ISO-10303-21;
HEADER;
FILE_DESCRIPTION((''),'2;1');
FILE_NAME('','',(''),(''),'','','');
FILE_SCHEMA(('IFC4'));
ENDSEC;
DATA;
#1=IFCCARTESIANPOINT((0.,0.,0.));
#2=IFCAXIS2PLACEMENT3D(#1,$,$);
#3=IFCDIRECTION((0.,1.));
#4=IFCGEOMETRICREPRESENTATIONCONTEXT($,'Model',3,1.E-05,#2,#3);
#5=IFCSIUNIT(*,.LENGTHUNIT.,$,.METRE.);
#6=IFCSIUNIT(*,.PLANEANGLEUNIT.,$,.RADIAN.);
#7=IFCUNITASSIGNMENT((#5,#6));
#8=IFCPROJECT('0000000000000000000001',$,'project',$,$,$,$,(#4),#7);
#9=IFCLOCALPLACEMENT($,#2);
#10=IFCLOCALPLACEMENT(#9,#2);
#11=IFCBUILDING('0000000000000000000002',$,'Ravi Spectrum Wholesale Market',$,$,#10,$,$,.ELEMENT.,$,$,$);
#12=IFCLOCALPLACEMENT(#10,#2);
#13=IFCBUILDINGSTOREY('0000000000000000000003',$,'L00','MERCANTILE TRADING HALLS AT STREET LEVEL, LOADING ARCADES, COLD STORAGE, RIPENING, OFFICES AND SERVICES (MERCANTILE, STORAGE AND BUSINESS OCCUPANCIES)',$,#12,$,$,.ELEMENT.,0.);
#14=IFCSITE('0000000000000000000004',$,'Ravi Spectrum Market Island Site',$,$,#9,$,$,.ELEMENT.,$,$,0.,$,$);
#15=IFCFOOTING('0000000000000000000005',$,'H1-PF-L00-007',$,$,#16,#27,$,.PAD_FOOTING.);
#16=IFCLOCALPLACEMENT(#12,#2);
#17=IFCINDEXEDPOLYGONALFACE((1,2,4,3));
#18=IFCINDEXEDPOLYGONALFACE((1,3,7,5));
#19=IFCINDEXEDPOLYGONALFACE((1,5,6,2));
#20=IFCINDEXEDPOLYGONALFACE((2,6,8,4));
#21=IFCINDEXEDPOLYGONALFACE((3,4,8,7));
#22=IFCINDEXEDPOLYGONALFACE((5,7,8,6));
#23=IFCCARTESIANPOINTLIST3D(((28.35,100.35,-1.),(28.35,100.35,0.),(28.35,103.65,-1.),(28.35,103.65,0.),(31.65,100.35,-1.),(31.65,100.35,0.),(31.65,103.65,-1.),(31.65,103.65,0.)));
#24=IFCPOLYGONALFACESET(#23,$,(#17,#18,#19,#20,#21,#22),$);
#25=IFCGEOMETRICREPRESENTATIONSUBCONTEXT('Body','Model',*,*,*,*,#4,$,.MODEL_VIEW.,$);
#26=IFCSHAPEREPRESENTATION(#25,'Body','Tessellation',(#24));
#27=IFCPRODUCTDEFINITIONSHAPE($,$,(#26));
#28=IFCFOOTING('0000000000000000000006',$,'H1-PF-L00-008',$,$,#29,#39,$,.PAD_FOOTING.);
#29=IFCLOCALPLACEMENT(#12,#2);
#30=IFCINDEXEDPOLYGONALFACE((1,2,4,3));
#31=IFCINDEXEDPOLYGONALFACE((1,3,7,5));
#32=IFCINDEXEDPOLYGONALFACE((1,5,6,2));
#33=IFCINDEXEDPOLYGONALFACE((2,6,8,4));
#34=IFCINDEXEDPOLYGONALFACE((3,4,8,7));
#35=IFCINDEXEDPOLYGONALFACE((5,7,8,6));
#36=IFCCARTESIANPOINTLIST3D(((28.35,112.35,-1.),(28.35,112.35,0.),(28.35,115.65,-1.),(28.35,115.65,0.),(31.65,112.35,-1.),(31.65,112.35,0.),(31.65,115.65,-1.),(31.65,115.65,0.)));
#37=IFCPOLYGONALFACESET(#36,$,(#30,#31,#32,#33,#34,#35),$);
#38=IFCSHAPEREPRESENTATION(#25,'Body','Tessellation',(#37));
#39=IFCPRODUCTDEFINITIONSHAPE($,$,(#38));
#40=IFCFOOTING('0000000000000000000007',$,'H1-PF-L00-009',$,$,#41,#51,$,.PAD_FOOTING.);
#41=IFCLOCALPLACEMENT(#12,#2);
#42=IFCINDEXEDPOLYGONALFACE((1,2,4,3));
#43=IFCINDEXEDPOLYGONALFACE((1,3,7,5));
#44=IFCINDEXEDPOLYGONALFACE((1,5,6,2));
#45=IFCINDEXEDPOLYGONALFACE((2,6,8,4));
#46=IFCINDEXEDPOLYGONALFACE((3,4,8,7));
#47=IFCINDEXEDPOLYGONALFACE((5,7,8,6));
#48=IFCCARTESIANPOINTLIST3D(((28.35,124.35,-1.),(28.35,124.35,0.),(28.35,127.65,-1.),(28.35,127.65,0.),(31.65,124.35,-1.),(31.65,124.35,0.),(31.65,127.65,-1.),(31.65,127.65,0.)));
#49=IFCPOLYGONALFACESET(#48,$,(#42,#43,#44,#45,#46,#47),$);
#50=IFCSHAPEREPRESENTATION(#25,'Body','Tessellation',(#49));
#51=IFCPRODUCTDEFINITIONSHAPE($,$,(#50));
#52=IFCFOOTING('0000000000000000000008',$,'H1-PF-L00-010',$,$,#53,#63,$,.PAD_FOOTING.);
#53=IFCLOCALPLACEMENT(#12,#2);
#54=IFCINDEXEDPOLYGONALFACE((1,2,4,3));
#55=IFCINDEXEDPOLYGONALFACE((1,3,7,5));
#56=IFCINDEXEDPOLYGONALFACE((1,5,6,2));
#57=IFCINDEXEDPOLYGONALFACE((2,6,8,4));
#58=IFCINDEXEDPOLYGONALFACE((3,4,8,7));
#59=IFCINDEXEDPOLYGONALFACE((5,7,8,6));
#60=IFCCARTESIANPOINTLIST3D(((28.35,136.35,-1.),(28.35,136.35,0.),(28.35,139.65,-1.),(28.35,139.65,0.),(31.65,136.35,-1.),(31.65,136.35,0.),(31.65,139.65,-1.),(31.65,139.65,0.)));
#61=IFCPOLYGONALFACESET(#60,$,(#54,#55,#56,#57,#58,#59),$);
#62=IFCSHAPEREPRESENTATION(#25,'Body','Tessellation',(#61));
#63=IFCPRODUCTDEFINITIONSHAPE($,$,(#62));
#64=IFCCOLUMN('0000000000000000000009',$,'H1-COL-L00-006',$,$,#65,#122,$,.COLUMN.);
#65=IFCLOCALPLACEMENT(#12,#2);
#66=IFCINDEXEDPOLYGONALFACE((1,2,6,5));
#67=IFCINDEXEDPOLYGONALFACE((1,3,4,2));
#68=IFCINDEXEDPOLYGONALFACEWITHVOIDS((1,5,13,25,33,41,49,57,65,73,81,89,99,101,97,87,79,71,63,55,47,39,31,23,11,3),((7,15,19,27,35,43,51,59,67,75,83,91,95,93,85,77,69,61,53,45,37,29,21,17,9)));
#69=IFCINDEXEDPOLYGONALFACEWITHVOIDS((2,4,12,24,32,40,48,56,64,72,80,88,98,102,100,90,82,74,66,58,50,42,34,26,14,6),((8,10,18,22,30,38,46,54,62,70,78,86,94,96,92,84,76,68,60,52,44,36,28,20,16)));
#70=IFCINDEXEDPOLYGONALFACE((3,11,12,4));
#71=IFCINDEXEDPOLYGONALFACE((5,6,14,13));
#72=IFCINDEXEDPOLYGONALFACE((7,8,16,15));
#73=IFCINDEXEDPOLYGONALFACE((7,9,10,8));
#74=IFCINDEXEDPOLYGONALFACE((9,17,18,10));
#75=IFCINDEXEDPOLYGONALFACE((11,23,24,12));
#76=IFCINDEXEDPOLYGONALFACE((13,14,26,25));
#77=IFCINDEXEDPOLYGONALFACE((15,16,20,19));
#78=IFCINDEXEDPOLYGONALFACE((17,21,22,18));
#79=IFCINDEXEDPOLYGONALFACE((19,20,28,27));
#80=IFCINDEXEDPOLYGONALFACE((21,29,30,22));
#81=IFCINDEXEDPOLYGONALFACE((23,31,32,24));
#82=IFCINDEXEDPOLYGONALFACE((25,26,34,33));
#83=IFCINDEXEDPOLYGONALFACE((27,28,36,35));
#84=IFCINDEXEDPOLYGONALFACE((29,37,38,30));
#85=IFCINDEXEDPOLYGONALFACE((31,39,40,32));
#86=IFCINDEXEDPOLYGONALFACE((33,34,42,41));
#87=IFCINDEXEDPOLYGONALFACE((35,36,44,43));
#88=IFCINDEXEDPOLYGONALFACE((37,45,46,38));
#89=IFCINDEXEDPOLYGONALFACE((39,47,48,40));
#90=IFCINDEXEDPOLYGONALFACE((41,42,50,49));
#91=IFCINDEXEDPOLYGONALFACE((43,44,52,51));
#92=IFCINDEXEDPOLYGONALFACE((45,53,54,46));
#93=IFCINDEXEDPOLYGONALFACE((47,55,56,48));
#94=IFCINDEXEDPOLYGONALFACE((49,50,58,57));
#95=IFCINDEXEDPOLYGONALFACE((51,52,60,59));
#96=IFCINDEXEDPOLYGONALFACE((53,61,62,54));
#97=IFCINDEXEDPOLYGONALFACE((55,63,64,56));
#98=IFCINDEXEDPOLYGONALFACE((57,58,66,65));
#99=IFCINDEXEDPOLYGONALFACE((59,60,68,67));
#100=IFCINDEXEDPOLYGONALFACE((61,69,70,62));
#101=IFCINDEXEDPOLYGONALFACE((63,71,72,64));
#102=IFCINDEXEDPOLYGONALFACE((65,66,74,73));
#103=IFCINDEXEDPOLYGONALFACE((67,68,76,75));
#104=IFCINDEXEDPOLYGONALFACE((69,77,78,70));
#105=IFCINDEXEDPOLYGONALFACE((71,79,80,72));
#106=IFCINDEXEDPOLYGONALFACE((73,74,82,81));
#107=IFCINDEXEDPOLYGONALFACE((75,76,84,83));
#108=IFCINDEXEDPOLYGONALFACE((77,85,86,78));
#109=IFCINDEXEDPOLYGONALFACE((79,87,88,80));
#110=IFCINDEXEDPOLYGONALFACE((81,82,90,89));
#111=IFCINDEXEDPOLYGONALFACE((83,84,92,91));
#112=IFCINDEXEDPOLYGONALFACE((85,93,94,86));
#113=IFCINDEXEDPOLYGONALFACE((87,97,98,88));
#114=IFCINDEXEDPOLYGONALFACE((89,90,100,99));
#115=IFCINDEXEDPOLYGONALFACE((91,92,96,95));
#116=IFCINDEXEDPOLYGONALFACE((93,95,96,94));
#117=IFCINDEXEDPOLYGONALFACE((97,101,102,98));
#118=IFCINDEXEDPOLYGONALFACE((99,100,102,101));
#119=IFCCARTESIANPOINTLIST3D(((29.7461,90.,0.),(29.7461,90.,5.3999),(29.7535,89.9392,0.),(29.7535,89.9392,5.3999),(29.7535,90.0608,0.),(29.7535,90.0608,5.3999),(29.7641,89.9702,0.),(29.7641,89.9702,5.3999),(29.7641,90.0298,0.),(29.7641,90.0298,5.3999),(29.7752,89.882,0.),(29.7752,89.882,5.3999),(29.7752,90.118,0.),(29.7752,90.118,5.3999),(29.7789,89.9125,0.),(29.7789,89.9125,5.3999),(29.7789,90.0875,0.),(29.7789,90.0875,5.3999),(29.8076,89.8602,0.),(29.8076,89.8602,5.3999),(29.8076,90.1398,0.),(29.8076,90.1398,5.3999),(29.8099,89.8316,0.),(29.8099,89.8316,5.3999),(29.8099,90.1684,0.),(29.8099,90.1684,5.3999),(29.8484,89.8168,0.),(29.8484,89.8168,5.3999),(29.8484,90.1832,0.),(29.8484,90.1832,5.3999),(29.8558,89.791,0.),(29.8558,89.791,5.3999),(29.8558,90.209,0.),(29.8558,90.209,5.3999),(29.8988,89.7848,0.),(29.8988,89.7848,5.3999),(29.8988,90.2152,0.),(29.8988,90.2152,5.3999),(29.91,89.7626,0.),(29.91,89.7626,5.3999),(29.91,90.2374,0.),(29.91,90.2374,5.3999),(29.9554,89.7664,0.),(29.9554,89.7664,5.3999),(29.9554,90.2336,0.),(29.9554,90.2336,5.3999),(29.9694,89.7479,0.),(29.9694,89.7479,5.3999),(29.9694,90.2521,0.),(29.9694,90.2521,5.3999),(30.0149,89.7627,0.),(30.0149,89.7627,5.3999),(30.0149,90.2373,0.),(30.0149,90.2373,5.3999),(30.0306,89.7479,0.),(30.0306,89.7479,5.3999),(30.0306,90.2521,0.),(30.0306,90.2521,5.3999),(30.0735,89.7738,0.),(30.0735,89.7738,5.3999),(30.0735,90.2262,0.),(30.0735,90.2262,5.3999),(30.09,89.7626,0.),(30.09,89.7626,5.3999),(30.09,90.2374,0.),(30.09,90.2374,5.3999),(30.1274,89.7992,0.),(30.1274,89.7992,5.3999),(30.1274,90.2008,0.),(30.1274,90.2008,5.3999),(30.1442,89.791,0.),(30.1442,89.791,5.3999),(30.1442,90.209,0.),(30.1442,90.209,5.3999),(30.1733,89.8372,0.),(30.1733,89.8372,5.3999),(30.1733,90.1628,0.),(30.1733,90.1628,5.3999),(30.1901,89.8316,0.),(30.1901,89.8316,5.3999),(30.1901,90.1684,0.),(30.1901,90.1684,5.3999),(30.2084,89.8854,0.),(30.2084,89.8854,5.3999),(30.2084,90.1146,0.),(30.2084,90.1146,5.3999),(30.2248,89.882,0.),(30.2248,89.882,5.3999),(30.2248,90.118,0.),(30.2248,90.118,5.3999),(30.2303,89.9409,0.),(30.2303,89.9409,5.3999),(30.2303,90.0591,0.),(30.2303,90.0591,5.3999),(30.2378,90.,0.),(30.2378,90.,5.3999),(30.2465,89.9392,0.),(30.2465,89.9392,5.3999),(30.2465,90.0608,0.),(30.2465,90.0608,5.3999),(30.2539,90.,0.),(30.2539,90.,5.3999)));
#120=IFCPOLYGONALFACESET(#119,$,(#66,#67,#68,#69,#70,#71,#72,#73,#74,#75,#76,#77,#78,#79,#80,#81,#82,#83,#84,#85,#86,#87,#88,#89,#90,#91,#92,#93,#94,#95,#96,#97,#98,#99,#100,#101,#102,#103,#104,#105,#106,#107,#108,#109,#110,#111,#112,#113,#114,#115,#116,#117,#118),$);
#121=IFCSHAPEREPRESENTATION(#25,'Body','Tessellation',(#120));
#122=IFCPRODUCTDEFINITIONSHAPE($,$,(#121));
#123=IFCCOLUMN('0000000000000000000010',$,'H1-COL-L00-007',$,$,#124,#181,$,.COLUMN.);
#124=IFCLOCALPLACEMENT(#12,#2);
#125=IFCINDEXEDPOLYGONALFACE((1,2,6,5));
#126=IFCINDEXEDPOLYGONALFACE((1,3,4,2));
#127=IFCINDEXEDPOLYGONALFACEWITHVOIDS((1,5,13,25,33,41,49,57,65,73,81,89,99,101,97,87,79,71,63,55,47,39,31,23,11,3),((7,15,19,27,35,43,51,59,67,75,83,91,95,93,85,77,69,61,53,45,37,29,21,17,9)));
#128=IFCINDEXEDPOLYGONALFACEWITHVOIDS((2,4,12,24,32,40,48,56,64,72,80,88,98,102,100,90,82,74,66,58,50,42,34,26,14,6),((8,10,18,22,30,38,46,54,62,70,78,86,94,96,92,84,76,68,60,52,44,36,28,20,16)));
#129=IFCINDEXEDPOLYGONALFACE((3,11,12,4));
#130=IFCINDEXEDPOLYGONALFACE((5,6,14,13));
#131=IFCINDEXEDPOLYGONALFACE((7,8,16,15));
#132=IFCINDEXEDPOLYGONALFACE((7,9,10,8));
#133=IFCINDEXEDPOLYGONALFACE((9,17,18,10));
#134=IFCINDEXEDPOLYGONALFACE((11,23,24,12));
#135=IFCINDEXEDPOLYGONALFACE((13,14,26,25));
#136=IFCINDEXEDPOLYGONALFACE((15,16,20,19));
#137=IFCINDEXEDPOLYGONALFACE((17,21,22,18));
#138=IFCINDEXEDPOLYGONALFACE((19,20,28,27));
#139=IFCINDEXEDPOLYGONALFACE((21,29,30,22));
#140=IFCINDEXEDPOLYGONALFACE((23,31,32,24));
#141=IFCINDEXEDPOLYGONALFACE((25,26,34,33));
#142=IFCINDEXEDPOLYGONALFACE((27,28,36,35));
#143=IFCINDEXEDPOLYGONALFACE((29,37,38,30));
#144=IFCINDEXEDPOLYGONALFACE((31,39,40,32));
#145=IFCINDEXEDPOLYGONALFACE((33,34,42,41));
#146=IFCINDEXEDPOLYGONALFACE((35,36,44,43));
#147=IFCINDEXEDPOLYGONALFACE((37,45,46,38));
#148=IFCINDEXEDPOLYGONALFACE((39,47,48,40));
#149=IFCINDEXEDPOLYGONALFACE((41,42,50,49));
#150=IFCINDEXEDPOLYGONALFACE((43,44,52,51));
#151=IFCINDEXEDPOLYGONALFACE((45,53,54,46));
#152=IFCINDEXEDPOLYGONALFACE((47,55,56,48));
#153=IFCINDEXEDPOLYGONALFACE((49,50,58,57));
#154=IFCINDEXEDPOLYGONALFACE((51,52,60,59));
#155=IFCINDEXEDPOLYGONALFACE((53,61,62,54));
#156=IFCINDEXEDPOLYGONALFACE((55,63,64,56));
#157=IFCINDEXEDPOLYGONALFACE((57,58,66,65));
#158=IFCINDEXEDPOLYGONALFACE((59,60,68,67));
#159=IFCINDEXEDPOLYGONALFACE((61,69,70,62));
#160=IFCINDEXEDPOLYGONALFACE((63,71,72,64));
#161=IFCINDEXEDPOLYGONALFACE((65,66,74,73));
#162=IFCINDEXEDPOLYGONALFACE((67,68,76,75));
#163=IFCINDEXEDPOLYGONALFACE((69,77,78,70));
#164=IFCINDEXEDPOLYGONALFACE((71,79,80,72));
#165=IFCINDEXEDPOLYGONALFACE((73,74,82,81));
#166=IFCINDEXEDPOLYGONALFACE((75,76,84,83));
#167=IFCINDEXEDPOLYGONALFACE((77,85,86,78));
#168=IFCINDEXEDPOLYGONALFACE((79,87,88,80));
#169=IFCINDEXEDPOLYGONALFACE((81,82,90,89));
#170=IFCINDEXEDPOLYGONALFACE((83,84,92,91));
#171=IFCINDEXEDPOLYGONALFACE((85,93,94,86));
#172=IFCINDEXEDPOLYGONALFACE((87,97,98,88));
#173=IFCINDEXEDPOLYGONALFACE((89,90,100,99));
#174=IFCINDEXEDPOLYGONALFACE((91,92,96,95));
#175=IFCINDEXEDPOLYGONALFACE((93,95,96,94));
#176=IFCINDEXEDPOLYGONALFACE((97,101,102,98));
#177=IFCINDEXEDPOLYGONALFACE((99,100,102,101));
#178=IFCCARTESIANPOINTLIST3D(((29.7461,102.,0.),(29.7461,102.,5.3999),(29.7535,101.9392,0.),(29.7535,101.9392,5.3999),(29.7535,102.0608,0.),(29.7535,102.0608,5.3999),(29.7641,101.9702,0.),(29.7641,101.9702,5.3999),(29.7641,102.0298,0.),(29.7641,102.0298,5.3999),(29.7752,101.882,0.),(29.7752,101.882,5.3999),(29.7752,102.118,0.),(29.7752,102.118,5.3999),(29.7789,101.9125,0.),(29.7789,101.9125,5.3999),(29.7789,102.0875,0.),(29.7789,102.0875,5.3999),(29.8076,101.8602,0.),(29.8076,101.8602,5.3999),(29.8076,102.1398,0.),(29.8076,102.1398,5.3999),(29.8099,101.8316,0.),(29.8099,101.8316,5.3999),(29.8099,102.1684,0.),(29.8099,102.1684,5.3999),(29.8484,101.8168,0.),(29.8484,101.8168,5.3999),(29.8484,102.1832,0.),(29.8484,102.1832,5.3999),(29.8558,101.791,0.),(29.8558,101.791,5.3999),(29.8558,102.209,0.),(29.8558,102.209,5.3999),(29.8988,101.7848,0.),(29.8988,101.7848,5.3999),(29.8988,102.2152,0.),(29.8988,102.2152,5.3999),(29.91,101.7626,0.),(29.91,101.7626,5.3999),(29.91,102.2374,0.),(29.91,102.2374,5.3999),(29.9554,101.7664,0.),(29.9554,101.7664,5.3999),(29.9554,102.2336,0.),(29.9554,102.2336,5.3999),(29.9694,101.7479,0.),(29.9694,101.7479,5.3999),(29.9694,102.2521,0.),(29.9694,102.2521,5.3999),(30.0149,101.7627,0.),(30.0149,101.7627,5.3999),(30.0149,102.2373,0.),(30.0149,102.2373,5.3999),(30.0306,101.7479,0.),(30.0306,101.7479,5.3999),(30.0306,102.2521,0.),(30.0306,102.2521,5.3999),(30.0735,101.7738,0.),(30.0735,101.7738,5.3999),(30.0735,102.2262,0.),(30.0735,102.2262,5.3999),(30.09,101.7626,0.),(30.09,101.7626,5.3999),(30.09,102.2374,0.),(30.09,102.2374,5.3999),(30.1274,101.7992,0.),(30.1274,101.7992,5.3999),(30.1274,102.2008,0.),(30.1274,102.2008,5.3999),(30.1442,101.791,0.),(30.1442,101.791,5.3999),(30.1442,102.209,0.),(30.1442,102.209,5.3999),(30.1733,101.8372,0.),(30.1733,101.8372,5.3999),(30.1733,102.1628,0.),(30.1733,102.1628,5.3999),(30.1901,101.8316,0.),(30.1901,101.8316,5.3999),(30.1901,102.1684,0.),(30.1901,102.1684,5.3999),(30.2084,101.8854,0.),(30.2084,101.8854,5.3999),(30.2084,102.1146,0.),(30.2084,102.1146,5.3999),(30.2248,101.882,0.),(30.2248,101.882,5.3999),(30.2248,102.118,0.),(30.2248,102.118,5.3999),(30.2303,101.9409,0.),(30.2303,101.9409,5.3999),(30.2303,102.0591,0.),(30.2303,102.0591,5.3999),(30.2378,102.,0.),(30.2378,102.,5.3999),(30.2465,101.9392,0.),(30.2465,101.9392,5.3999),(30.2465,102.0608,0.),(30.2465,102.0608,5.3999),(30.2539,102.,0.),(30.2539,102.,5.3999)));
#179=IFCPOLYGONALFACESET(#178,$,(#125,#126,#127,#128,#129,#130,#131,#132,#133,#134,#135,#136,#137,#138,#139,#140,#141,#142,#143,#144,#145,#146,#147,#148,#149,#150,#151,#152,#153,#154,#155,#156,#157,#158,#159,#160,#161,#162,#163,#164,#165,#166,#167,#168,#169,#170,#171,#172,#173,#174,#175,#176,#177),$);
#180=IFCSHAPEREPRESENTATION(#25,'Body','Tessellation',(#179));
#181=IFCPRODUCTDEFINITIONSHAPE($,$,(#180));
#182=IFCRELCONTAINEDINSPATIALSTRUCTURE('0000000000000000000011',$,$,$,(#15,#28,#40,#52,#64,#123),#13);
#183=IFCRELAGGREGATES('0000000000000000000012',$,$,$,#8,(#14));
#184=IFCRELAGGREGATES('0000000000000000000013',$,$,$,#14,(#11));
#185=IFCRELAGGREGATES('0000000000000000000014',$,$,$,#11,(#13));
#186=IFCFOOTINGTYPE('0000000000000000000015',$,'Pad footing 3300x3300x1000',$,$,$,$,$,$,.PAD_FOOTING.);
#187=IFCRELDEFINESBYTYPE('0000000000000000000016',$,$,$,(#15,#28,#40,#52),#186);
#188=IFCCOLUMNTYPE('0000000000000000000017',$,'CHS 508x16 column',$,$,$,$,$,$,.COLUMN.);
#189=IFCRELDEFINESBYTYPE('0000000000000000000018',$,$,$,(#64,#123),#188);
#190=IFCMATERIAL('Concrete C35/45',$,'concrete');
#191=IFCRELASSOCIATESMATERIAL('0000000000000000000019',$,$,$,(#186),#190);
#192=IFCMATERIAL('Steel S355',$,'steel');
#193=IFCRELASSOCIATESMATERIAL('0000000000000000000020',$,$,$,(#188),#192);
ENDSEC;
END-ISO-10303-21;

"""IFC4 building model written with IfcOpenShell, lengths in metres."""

from ifc_helpers import new_model, si_unit, direction, frame, origin, origin_2d, place, context, subcontext, project, spatial, rectangle, hollow_circle, extrude, material, material_profile, profile_set, type_object, element, save


model = new_model("IFC4")

# Units and contexts
model_context = context("Model", 3, precision=1e-05, world=origin(), true_north=direction((0.0, 1.0)))
body_context = subcontext(model_context, "Body", "Model", "MODEL_VIEW")
ifc_project = project(units=[si_unit("LENGTHUNIT", "METRE"), si_unit("PLANEANGLEUNIT", "RADIAN")], contexts=[model_context])

# Site, building, storey
site_placement = place(None, origin())
site = spatial("IfcSite", under=ifc_project, at=site_placement, Name="Ravi Spectrum Market Island Site", CompositionType="ELEMENT", RefElevation=0.0)
building_placement = place(site_placement, origin())
building = spatial("IfcBuilding", under=site, at=building_placement, Name="Ravi Spectrum Wholesale Market", CompositionType="ELEMENT")
storey_placement = place(building_placement, origin())
storey = spatial("IfcBuildingStorey", under=building, at=storey_placement, Name="L00", Description="MERCANTILE TRADING HALLS AT STREET LEVEL, LOADING ARCADES, COLD STORAGE, RIPENING, OFFICES AND SERVICES (MERCANTILE, STORAGE AND BUSINESS OCCUPANCIES)", CompositionType="ELEMENT", Elevation=0.0)

# Footings
ifc_material_1 = material(Name="Concrete C35/45", Category="concrete")
footing_type = type_object("IfcFootingType", Name="Pad footing 3300x3300x1000", PredefinedType="PAD_FOOTING", material=ifc_material_1)
for number, where, z_axis, x_axis, name in (
    (1, (30.0, 102.0, -1.0), (0.0, 0.0, 1.0), (1.0, 0.0, 0.0), "H1-PF-L00-007"),
    (2, (30.0, 114.0, -1.0), (0.0, 0.0, 1.0), (1.0, 0.0, 0.0), "H1-PF-L00-008"),
    (3, (30.0, 126.0, -1.0), (0.0, 0.0, 1.0), (1.0, 0.0, 0.0), "H1-PF-L00-009"),
    (4, (30.0, 138.0, -1.0), (0.0, 0.0, 1.0), (1.0, 0.0, 0.0), "H1-PF-L00-010"),
):
    element("IfcFooting", number, at=place(storey_placement, frame(where, z_axis=z_axis, x_axis=x_axis)), inside=storey, type_object=footing_type, Name=name, PredefinedType="PAD_FOOTING", context=body_context, shape_type="SweptSolid", body=[
        extrude(rectangle(XDim=3.3, YDim=3.3, at=origin_2d()), origin(), (0.0, 0.0, 1.0), 1.0),
    ])

# Columns
ifc_material_2 = material(Name="Steel S355", Category="steel")
ifc_material_profile = material_profile(ifc_material_2, hollow_circle(Radius=0.2539, WallThickness=0.0161, at=origin_2d()))
ifc_profile_set = profile_set([ifc_material_profile], Name="Steel S355")
column_type = type_object("IfcColumnType", Name="CHS 508x16 column", PredefinedType="COLUMN", material=ifc_profile_set)
for number, where, z_axis, x_axis, name in (
    (5, (30.0, 90.0, 0.0), (0.0, 0.0, 1.0), (1.0, 0.0, 0.0), "H1-COL-L00-006"),
    (6, (30.0, 102.0, 0.0), (0.0, 0.0, 1.0), (1.0, 0.0, 0.0), "H1-COL-L00-007"),
):
    element("IfcColumn", number, at=place(storey_placement, frame(where, z_axis=z_axis, x_axis=x_axis)), inside=storey, type_object=column_type, Name=name, PredefinedType="COLUMN", context=body_context, shape_type="SweptSolid", body=[
        extrude(hollow_circle(Radius=0.2539, WallThickness=0.0161, at=origin_2d()), origin(), (0.0, 0.0, 1.0), 5.3999),
    ])

save(model, "model.ifc")
